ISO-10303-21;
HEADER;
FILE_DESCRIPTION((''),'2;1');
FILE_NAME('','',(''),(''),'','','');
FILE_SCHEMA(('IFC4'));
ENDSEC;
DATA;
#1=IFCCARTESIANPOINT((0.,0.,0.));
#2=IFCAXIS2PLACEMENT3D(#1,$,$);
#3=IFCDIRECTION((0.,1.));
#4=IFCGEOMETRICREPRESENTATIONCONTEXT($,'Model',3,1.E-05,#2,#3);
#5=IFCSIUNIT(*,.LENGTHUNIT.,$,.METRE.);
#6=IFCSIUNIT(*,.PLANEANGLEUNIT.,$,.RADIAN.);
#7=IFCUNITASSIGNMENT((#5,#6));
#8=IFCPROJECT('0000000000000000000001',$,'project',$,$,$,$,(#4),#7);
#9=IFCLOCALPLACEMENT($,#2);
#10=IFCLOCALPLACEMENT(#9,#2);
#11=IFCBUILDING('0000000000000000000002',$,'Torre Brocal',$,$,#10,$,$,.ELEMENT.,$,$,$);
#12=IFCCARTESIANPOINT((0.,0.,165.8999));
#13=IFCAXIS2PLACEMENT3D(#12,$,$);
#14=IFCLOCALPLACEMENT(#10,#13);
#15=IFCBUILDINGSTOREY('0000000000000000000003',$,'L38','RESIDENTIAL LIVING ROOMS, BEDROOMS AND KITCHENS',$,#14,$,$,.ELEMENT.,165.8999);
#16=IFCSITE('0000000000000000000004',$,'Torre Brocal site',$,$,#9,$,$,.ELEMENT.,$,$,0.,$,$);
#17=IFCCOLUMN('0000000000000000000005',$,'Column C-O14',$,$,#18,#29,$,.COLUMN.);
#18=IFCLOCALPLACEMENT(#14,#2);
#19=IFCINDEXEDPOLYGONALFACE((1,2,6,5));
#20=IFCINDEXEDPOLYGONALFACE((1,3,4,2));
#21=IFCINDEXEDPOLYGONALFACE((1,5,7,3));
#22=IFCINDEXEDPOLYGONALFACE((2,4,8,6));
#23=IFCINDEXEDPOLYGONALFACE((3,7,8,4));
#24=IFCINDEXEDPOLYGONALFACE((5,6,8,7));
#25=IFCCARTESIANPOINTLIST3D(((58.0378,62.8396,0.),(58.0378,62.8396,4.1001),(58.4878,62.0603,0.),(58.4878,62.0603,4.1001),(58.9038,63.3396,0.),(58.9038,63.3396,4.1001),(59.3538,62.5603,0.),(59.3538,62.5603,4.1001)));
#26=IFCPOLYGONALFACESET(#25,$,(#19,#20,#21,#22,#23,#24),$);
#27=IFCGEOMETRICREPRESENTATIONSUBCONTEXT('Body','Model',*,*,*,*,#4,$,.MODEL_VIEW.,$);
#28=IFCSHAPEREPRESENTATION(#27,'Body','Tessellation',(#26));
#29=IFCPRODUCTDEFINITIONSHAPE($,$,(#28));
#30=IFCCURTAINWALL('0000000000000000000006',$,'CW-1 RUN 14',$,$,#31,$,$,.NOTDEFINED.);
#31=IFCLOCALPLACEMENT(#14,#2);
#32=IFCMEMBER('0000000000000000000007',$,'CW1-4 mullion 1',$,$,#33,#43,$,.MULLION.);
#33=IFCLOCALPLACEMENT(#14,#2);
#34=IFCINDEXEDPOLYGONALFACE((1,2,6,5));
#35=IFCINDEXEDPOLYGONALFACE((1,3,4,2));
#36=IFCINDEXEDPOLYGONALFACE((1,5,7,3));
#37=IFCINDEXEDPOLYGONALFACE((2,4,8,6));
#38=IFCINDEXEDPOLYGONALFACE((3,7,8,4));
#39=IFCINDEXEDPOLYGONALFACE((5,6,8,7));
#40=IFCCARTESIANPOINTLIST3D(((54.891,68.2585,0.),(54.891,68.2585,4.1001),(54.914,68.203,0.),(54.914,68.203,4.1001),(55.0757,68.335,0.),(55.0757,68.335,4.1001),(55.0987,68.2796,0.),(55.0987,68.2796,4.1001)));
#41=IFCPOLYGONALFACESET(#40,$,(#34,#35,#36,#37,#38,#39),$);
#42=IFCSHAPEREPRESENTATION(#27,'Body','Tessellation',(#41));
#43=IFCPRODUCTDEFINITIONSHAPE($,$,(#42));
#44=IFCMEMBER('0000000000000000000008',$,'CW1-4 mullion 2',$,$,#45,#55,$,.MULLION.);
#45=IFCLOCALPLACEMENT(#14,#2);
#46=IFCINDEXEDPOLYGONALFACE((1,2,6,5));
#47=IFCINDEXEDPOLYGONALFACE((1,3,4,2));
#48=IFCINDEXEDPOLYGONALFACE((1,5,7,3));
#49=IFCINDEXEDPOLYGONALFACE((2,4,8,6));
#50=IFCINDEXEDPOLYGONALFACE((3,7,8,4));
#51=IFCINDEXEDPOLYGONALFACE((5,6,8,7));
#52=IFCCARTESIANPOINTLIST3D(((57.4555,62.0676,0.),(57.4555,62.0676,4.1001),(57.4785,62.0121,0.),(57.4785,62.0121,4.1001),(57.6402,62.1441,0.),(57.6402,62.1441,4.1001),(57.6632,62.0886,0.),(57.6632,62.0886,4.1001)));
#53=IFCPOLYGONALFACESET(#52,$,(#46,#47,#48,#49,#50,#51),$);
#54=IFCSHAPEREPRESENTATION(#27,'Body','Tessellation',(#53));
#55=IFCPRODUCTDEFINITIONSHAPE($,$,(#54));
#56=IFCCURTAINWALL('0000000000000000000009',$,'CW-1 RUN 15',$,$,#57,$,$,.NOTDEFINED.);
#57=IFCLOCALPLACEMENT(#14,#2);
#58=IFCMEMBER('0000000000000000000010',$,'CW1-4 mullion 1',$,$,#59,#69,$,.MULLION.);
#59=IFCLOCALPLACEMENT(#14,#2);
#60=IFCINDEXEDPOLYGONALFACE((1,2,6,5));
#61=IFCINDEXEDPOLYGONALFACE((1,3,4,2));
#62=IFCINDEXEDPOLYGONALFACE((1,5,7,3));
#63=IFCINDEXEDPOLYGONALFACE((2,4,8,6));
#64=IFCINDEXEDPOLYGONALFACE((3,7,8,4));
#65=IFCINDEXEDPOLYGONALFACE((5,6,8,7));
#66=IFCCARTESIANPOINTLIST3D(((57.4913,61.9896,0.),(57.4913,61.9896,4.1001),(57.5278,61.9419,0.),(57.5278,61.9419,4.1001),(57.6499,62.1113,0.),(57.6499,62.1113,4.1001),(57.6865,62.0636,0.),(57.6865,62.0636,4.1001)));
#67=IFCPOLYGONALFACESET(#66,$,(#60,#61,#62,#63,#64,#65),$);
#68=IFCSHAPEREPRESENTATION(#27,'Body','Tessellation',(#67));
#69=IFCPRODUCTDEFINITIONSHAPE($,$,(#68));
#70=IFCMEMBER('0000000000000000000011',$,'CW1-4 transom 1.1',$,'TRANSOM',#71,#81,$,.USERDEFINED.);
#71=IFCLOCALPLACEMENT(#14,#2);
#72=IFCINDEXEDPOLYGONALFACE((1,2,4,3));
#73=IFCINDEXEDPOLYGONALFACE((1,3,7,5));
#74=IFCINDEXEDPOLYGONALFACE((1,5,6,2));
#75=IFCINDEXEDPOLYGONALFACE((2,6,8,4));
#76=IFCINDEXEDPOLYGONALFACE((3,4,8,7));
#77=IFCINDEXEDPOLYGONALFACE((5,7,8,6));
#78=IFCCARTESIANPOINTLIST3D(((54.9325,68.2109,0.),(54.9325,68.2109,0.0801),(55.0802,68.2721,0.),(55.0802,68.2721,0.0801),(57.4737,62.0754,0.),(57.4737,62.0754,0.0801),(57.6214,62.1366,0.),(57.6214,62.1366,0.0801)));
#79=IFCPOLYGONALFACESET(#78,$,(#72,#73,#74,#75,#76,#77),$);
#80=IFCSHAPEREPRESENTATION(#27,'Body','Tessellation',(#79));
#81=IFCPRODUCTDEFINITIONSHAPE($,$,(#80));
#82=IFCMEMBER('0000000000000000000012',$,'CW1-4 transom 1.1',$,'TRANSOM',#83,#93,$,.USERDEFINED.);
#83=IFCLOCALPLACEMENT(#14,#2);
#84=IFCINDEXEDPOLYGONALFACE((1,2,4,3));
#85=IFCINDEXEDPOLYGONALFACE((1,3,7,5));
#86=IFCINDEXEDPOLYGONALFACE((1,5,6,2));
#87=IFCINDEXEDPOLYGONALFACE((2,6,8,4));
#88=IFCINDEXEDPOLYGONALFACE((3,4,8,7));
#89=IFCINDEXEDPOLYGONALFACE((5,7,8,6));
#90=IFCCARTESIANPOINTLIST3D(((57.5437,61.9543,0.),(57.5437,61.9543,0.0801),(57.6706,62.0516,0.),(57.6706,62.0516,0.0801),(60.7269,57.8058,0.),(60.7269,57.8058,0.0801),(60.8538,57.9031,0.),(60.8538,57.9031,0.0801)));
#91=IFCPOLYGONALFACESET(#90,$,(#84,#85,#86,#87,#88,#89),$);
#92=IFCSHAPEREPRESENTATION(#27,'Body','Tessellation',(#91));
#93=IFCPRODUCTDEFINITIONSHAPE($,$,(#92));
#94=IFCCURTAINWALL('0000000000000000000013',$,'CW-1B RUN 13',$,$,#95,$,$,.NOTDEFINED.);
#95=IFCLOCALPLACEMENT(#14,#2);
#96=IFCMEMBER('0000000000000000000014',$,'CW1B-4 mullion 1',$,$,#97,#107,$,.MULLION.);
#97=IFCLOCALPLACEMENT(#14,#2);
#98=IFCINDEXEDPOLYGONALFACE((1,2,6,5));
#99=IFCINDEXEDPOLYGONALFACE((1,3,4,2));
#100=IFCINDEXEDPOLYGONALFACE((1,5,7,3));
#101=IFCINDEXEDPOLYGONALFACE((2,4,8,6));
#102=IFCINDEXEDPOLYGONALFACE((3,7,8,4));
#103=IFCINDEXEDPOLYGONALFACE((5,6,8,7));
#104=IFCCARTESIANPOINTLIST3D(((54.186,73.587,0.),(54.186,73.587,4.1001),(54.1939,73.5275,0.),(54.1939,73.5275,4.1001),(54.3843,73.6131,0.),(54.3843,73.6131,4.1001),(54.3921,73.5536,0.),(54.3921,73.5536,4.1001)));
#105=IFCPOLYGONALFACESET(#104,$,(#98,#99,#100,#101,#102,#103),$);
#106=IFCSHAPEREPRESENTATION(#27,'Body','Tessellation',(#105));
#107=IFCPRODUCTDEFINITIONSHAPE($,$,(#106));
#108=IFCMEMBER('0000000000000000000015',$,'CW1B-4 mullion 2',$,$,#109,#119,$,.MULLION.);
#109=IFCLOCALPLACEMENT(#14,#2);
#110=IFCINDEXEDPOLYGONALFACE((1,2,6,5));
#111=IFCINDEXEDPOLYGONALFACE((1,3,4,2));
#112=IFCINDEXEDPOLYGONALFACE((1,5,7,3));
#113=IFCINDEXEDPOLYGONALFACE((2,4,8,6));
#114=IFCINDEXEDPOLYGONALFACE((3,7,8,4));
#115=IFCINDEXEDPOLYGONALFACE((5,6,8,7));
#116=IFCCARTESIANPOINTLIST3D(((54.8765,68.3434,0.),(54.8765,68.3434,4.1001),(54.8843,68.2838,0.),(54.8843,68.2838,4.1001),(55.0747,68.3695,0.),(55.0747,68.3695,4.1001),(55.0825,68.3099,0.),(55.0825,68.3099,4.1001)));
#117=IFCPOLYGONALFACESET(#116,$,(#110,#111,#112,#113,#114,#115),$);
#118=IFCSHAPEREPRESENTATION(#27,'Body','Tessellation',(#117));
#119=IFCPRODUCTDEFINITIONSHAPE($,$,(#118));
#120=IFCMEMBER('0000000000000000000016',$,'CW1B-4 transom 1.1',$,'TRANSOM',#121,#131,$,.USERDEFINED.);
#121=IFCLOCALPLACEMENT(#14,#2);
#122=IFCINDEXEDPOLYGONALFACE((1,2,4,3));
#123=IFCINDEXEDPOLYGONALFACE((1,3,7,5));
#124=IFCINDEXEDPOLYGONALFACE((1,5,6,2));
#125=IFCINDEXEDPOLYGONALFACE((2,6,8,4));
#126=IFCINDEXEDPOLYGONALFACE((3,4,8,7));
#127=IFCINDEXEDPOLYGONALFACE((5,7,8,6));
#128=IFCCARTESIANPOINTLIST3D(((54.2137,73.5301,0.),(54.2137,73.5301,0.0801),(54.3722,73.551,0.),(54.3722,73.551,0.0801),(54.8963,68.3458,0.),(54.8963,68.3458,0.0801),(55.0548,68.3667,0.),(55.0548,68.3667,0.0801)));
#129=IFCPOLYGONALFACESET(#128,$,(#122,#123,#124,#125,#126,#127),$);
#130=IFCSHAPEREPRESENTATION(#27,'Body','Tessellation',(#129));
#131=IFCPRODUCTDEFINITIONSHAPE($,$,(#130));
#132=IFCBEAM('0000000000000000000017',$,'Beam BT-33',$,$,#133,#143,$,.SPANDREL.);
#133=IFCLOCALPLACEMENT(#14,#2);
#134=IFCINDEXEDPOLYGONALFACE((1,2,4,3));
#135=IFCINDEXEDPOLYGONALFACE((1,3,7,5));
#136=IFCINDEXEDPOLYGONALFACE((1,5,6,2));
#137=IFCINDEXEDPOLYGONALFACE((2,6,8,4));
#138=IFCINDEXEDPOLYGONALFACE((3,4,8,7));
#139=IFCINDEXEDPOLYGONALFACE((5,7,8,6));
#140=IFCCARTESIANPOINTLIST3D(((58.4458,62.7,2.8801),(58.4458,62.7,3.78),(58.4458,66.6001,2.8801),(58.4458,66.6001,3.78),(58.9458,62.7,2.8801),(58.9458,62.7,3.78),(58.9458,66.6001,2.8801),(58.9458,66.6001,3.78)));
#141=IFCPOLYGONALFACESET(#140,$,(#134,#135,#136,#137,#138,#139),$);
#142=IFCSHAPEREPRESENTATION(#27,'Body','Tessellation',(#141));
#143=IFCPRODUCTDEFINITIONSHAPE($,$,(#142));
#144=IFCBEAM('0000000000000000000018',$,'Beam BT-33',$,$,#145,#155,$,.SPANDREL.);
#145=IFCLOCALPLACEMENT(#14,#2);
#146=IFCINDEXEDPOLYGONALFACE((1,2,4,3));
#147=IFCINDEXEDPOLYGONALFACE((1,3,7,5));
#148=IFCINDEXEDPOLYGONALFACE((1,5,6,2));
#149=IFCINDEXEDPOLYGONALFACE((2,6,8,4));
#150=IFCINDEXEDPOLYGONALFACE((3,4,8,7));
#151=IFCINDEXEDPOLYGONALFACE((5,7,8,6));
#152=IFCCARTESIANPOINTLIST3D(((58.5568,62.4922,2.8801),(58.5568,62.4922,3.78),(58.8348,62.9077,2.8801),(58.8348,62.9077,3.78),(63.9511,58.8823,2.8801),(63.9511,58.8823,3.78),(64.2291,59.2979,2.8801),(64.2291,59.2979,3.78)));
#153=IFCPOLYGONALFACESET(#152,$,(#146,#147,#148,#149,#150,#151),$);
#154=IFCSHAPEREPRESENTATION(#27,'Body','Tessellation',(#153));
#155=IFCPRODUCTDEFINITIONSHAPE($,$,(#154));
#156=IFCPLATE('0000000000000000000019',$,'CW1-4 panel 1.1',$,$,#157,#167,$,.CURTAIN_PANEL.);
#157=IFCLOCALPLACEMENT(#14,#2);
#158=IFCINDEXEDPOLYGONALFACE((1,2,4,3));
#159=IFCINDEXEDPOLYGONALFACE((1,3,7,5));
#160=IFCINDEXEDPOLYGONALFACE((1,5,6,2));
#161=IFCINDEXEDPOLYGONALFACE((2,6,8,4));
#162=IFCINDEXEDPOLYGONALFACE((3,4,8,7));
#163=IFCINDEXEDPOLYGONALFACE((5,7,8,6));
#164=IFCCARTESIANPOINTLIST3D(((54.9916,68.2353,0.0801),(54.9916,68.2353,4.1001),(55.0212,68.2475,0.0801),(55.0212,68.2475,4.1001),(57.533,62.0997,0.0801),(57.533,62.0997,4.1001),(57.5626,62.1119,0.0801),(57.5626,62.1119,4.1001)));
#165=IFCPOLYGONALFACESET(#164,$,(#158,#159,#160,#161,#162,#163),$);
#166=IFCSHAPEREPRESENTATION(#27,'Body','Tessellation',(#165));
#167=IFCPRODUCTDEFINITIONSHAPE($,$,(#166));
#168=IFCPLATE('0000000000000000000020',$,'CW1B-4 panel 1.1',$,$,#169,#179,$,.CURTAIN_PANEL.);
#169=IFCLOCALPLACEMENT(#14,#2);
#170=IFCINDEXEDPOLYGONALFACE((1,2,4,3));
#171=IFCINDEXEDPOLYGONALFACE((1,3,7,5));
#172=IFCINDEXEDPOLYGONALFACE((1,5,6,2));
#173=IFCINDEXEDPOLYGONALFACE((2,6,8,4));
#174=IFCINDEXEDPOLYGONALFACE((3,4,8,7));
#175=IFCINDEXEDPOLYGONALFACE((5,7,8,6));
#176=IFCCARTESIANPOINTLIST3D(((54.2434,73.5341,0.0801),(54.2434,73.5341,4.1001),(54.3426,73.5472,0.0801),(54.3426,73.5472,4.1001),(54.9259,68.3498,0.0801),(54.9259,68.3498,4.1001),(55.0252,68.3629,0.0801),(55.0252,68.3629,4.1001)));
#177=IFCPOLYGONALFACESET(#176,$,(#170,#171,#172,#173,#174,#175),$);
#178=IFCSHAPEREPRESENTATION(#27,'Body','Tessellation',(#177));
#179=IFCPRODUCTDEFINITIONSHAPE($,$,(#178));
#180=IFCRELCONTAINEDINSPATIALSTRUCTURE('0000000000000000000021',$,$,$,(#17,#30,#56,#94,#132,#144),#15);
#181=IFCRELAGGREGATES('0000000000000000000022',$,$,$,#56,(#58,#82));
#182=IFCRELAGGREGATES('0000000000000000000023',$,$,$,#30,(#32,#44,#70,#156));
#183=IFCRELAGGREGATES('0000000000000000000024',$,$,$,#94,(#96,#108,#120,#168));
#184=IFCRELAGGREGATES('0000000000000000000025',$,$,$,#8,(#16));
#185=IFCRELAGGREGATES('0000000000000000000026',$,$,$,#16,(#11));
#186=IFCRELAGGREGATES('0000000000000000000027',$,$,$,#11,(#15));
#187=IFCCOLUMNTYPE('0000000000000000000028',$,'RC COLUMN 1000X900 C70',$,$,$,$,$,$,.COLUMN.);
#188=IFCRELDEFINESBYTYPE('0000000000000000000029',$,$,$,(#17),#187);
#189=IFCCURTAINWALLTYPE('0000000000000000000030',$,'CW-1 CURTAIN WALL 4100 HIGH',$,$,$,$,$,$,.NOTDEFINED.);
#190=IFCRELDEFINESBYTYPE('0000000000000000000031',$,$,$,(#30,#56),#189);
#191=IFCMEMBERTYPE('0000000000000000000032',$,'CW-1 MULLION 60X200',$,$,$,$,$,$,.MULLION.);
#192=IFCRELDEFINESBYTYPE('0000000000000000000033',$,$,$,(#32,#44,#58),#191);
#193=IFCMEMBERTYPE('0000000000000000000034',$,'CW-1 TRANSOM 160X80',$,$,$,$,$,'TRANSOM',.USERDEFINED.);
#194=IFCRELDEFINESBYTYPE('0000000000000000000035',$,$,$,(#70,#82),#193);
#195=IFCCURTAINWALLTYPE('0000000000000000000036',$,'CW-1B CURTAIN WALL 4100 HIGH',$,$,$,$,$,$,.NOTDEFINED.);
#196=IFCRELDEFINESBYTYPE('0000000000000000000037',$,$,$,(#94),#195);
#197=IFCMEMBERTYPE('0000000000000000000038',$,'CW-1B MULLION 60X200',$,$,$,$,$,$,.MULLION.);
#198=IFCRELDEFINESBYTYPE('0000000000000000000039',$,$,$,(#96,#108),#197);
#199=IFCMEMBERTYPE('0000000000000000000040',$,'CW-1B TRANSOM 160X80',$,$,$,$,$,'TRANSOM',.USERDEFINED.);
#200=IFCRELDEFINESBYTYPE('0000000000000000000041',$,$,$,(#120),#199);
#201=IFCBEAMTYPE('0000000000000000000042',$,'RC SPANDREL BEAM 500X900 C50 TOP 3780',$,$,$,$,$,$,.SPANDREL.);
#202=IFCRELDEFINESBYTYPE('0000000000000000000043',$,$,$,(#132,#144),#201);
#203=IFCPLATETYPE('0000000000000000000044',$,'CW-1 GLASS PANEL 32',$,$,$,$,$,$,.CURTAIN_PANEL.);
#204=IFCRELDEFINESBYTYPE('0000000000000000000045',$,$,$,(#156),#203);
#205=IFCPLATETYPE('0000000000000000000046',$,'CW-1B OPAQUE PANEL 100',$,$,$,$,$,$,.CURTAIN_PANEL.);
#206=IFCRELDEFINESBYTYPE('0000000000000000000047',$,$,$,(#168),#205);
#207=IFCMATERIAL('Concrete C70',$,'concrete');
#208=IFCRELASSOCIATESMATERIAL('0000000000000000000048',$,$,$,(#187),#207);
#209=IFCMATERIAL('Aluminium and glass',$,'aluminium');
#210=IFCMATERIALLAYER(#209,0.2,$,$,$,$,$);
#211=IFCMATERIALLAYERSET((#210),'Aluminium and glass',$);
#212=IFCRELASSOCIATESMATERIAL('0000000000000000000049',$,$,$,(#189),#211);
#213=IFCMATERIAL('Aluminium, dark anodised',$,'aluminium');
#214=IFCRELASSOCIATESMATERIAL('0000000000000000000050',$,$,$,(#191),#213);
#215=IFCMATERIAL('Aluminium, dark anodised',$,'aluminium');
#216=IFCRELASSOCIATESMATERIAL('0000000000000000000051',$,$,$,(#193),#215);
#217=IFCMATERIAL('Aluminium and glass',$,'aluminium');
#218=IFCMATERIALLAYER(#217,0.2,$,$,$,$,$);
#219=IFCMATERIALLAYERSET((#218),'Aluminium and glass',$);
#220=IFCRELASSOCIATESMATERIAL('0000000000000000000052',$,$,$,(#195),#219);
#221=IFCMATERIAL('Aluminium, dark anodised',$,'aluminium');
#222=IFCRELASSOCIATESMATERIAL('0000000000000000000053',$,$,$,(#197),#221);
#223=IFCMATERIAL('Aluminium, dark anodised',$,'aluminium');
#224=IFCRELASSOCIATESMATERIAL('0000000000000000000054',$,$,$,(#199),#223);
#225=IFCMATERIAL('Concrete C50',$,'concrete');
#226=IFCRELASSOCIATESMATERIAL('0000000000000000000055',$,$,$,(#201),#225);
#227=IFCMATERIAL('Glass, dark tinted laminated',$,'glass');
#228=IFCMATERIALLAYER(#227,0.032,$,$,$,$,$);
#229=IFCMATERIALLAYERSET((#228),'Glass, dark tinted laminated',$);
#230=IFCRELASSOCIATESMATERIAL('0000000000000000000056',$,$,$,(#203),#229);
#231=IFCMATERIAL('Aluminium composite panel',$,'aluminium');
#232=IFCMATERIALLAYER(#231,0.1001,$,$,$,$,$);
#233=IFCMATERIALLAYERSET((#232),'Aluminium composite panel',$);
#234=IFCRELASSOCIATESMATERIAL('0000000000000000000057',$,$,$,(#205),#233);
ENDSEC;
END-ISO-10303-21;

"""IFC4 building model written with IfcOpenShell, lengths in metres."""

from ifc_helpers import new_model, si_unit, direction, frame, origin, origin_2d, place, context, subcontext, project, spatial, rectangle, extrude, material, layer, layer_set, material_profile, profile_set, type_object, element, aggregate, save


model = new_model("IFC4")

# Units and contexts
model_context = context("Model", 3, precision=1e-05, world=origin(), true_north=direction((0.0, 1.0)))
body_context = subcontext(model_context, "Body", "Model", "MODEL_VIEW")
ifc_project = project(units=[si_unit("LENGTHUNIT", "METRE"), si_unit("PLANEANGLEUNIT", "RADIAN")], contexts=[model_context])

# Site, building, storey
site_placement = place(None, origin())
site = spatial("IfcSite", under=ifc_project, at=site_placement, Name="Torre Brocal site", CompositionType="ELEMENT", RefElevation=0.0)
building_placement = place(site_placement, origin())
building = spatial("IfcBuilding", under=site, at=building_placement, Name="Torre Brocal", CompositionType="ELEMENT")
storey_placement = place(building_placement, frame((0.0, 0.0, 165.8999)))
storey = spatial("IfcBuildingStorey", under=building, at=storey_placement, Name="L38", Description="RESIDENTIAL LIVING ROOMS, BEDROOMS AND KITCHENS", CompositionType="ELEMENT", Elevation=165.8999)

# Column
ifc_material_1 = material(Name="Concrete C70", Category="concrete")
ifc_material_profile_1 = material_profile(ifc_material_1, rectangle(XDim=1.0, YDim=0.8999, at=origin_2d()), Name="RC 1000X900")
ifc_profile_set_1 = profile_set([ifc_material_profile_1], Name="Concrete C70")
column_type = type_object("IfcColumnType", Name="RC COLUMN 1000X900 C70", PredefinedType="COLUMN", material=ifc_profile_set_1)
column_placement = place(storey_placement, frame((58.6958, 62.7, 0.0), z_axis=(0.0, 0.0, 1.0), x_axis=(-0.866025, -0.5, 0.0)))
element("IfcColumn", 1, at=column_placement, inside=storey, type_object=column_type, Name="Column C-O14", PredefinedType="COLUMN", context=body_context, shape_type="SweptSolid", body=[
    extrude(rectangle(XDim=1.0, YDim=0.8999, at=origin_2d()), origin(), (0.0, 0.0, 1.0), 4.1001),
])

# Curtain wall, members
ifc_material_2 = material(Name="Aluminium and glass", Category="aluminium")
ifc_layer_1 = layer(ifc_material_2, 0.2)
ifc_layer_set_1 = layer_set([ifc_layer_1], Name="Aluminium and glass")
curtain_wall_type_1 = type_object("IfcCurtainWallType", Name="CW-1 CURTAIN WALL 4100 HIGH", PredefinedType="NOTDEFINED", material=ifc_layer_set_1)
curtain_wall_1_placement = place(storey_placement, origin())
curtain_wall_1 = element("IfcCurtainWall", 2, at=curtain_wall_1_placement, inside=storey, type_object=curtain_wall_type_1, Name="CW-1 RUN 14", PredefinedType="NOTDEFINED")
ifc_material_3 = material(Name="Aluminium, dark anodised", Category="aluminium")
ifc_material_profile_2 = material_profile(ifc_material_3, rectangle(XDim=0.2, YDim=0.0601, at=origin_2d()), Name="CW-1 MULLION 60X200")
ifc_profile_set_2 = profile_set([ifc_material_profile_2], Name="Aluminium, dark anodised")
member_type_1 = type_object("IfcMemberType", Name="CW-1 MULLION 60X200", PredefinedType="MULLION", material=ifc_profile_set_2)
member_1_placement = place(storey_placement, frame((54.9949, 68.269, 0.0), z_axis=(0.0, 0.0, 1.0), x_axis=(0.92388, 0.382683, 0.0)))
member_1 = element("IfcMember", 3, at=member_1_placement, type_object=member_type_1, Name="CW1-4 mullion 1", PredefinedType="MULLION", context=body_context, shape_type="SweptSolid", body=[
    extrude(rectangle(XDim=0.2, YDim=0.0601, at=origin_2d()), origin(), (0.0, 0.0, 1.0), 4.1001),
])
member_2_placement = place(storey_placement, frame((57.5593, 62.0781, 0.0), z_axis=(0.0, 0.0, 1.0), x_axis=(0.92388, 0.382683, 0.0)))
member_2 = element("IfcMember", 4, at=member_2_placement, type_object=member_type_1, Name="CW1-4 mullion 2", PredefinedType="MULLION", context=body_context, shape_type="SweptSolid", body=[
    extrude(rectangle(XDim=0.2, YDim=0.0601, at=origin_2d()), origin(), (0.0, 0.0, 1.0), 4.1001),
])

# Curtain wall, member
curtain_wall_2_placement = place(storey_placement, origin())
curtain_wall_2 = element("IfcCurtainWall", 5, at=curtain_wall_2_placement, inside=storey, type_object=curtain_wall_type_1, Name="CW-1 RUN 15", PredefinedType="NOTDEFINED")
member_3_placement = place(storey_placement, frame((57.5889, 62.0266, 0.0), z_axis=(0.0, 0.0, 1.0), x_axis=(0.793353, 0.608761, 0.0)))
member_3 = element("IfcMember", 6, at=member_3_placement, type_object=member_type_1, Name="CW1-4 mullion 1", PredefinedType="MULLION", context=body_context, shape_type="SweptSolid", body=[
    extrude(rectangle(XDim=0.2, YDim=0.0601, at=origin_2d()), origin(), (0.0, 0.0, 1.0), 4.1001),
])

# Members
ifc_material_4 = material(Name="Aluminium, dark anodised", Category="aluminium")
ifc_material_profile_3 = material_profile(ifc_material_4, rectangle(XDim=0.1599, YDim=0.0801, at=origin_2d()), Name="CW-1 TRANSOM 160X80")
ifc_profile_set_3 = profile_set([ifc_material_profile_3], Name="Aluminium, dark anodised")
member_type_2 = type_object("IfcMemberType", Name="CW-1 TRANSOM 160X80", ElementType="TRANSOM", PredefinedType="USERDEFINED", material=ifc_profile_set_3)
member_4_placement = place(storey_placement, frame((55.0063, 68.2415, 0.04), z_axis=(0.382665, -0.923887, 0.0), x_axis=(0.923887, 0.382665, 0.0)))
member_4 = element("IfcMember", 7, at=member_4_placement, type_object=member_type_2, Name="CW1-4 transom 1.1", ObjectType="TRANSOM", PredefinedType="USERDEFINED", context=body_context, shape_type="SweptSolid", body=[
    extrude(rectangle(XDim=0.1599, YDim=0.0801, at=origin_2d()), origin(), (0.0, 0.0, 1.0), 6.6409),
])
member_5_placement = place(storey_placement, frame((57.6072, 62.0029, 0.04), z_axis=(0.608749, -0.793363, 0.0), x_axis=(0.793363, 0.608749, 0.0)))
member_5 = element("IfcMember", 8, at=member_5_placement, type_object=member_type_2, Name="CW1-4 transom 1.1", ObjectType="TRANSOM", PredefinedType="USERDEFINED", context=body_context, shape_type="SweptSolid", body=[
    extrude(rectangle(XDim=0.1599, YDim=0.0801, at=origin_2d()), origin(), (0.0, 0.0, 1.0), 5.229),
])
aggregate(curtain_wall_2, [member_3, member_5])

# Curtain wall, members
ifc_material_5 = material(Name="Aluminium and glass", Category="aluminium")
ifc_layer_2 = layer(ifc_material_5, 0.2)
ifc_layer_set_2 = layer_set([ifc_layer_2], Name="Aluminium and glass")
curtain_wall_type_2 = type_object("IfcCurtainWallType", Name="CW-1B CURTAIN WALL 4100 HIGH", PredefinedType="NOTDEFINED", material=ifc_layer_set_2)
curtain_wall_3_placement = place(storey_placement, origin())
curtain_wall_3 = element("IfcCurtainWall", 9, at=curtain_wall_3_placement, inside=storey, type_object=curtain_wall_type_2, Name="CW-1B RUN 13", PredefinedType="NOTDEFINED")
ifc_material_6 = material(Name="Aluminium, dark anodised", Category="aluminium")
ifc_material_profile_4 = material_profile(ifc_material_6, rectangle(XDim=0.2, YDim=0.0601, at=origin_2d()), Name="CW-1B MULLION 60X200")
ifc_profile_set_4 = profile_set([ifc_material_profile_4], Name="Aluminium, dark anodised")
member_type_3 = type_object("IfcMemberType", Name="CW-1B MULLION 60X200", PredefinedType="MULLION", material=ifc_profile_set_4)
member_6_placement = place(storey_placement, frame((54.2891, 73.5703, 0.0), z_axis=(0.0, 0.0, 1.0), x_axis=(0.991445, 0.130526, 0.0)))
member_6 = element("IfcMember", 10, at=member_6_placement, type_object=member_type_3, Name="CW1B-4 mullion 1", PredefinedType="MULLION", context=body_context, shape_type="SweptSolid", body=[
    extrude(rectangle(XDim=0.2, YDim=0.0601, at=origin_2d()), origin(), (0.0, 0.0, 1.0), 4.1001),
])
member_7_placement = place(storey_placement, frame((54.9795, 68.3267, 0.0), z_axis=(0.0, 0.0, 1.0), x_axis=(0.991445, 0.130526, 0.0)))
member_7 = element("IfcMember", 11, at=member_7_placement, type_object=member_type_3, Name="CW1B-4 mullion 2", PredefinedType="MULLION", context=body_context, shape_type="SweptSolid", body=[
    extrude(rectangle(XDim=0.2, YDim=0.0601, at=origin_2d()), origin(), (0.0, 0.0, 1.0), 4.1001),
])
ifc_material_7 = material(Name="Aluminium, dark anodised", Category="aluminium")
ifc_material_profile_5 = material_profile(ifc_material_7, rectangle(XDim=0.1599, YDim=0.0801, at=origin_2d()), Name="CW-1B TRANSOM 160X80")
ifc_profile_set_5 = profile_set([ifc_material_profile_5], Name="Aluminium, dark anodised")
member_type_4 = type_object("IfcMemberType", Name="CW-1B TRANSOM 160X80", ElementType="TRANSOM", PredefinedType="USERDEFINED", material=ifc_profile_set_5)
member_8_placement = place(storey_placement, frame((54.293, 73.5405, 0.04), z_axis=(0.130543, -0.991443, 0.0), x_axis=(0.991443, 0.130543, 0.0)))
member_8 = element("IfcMember", 12, at=member_8_placement, type_object=member_type_4, Name="CW1B-4 transom 1.1", ObjectType="TRANSOM", PredefinedType="USERDEFINED", context=body_context, shape_type="SweptSolid", body=[
    extrude(rectangle(XDim=0.1599, YDim=0.0801, at=origin_2d()), origin(), (0.0, 0.0, 1.0), 5.229),
])

# Beams
ifc_material_8 = material(Name="Concrete C50", Category="concrete")
ifc_material_profile_6 = material_profile(ifc_material_8, rectangle(XDim=0.5, YDim=0.8999, at=origin_2d()), Name="RC 500X900")
ifc_profile_set_6 = profile_set([ifc_material_profile_6], Name="Concrete C50")
beam_type = type_object("IfcBeamType", Name="RC SPANDREL BEAM 500X900 C50 TOP 3780", PredefinedType="SPANDREL", material=ifc_profile_set_6)
beam_1_placement = place(storey_placement, frame((58.6958, 62.7, 3.3301), z_axis=(0.0, 1.0, 0.0), x_axis=(-1.0, 0.0, 0.0)))
element("IfcBeam", 13, at=beam_1_placement, inside=storey, type_object=beam_type, Name="Beam BT-33", PredefinedType="SPANDREL", context=body_context, shape_type="SweptSolid", body=[
    extrude(rectangle(XDim=0.5, YDim=0.8999, at=origin_2d()), origin(), (0.0, 0.0, 1.0), 3.9001),
])
beam_2_placement = place(storey_placement, frame((58.6958, 62.7, 3.3301), z_axis=(0.831077, -0.556158, 0.0), x_axis=(0.556158, 0.831077, 0.0)))
element("IfcBeam", 14, at=beam_2_placement, inside=storey, type_object=beam_type, Name="Beam BT-33", PredefinedType="SPANDREL", context=body_context, shape_type="SweptSolid", body=[
    extrude(rectangle(XDim=0.5, YDim=0.8999, at=origin_2d()), origin(), (0.0, 0.0, 1.0), 6.4907),
])

# Plates
ifc_material_9 = material(Name="Glass, dark tinted laminated", Category="glass")
ifc_layer_3 = layer(ifc_material_9, 0.032)
ifc_layer_set_3 = layer_set([ifc_layer_3], Name="Glass, dark tinted laminated")
plate_type_1 = type_object("IfcPlateType", Name="CW-1 GLASS PANEL 32", PredefinedType="CURTAIN_PANEL", material=ifc_layer_set_3)
plate_1_placement = place(storey_placement, frame((56.2771, 65.1736, 0.0801), z_axis=(0.0, 0.0, 1.0), x_axis=(0.382683, -0.92388, 0.0)))
plate_1 = element("IfcPlate", 15, at=plate_1_placement, type_object=plate_type_1, Name="CW1-4 panel 1.1", PredefinedType="CURTAIN_PANEL", context=body_context, shape_type="SweptSolid", body=[
    extrude(rectangle(XDim=6.6411, YDim=0.032, at=origin_2d()), origin(), (0.0, 0.0, 1.0), 4.02),
])
aggregate(curtain_wall_1, [member_1, member_2, member_4, plate_1])
ifc_material_10 = material(Name="Aluminium composite panel", Category="aluminium")
ifc_layer_4 = layer(ifc_material_10, 0.1001)
ifc_layer_set_4 = layer_set([ifc_layer_4], Name="Aluminium composite panel")
plate_type_2 = type_object("IfcPlateType", Name="CW-1B OPAQUE PANEL 100", PredefinedType="CURTAIN_PANEL", material=ifc_layer_set_4)
plate_2_placement = place(storey_placement, frame((54.6343, 70.9485, 0.0801), z_axis=(0.0, 0.0, 1.0), x_axis=(0.130526, -0.991445, 0.0)))
plate_2 = element("IfcPlate", 16, at=plate_2_placement, type_object=plate_type_2, Name="CW1B-4 panel 1.1", PredefinedType="CURTAIN_PANEL", context=body_context, shape_type="SweptSolid", body=[
    extrude(rectangle(XDim=5.229, YDim=0.1001, at=origin_2d()), origin(), (0.0, 0.0, 1.0), 4.02),
])
aggregate(curtain_wall_3, [member_6, member_7, member_8, plate_2])

save(model, "model.ifc")
